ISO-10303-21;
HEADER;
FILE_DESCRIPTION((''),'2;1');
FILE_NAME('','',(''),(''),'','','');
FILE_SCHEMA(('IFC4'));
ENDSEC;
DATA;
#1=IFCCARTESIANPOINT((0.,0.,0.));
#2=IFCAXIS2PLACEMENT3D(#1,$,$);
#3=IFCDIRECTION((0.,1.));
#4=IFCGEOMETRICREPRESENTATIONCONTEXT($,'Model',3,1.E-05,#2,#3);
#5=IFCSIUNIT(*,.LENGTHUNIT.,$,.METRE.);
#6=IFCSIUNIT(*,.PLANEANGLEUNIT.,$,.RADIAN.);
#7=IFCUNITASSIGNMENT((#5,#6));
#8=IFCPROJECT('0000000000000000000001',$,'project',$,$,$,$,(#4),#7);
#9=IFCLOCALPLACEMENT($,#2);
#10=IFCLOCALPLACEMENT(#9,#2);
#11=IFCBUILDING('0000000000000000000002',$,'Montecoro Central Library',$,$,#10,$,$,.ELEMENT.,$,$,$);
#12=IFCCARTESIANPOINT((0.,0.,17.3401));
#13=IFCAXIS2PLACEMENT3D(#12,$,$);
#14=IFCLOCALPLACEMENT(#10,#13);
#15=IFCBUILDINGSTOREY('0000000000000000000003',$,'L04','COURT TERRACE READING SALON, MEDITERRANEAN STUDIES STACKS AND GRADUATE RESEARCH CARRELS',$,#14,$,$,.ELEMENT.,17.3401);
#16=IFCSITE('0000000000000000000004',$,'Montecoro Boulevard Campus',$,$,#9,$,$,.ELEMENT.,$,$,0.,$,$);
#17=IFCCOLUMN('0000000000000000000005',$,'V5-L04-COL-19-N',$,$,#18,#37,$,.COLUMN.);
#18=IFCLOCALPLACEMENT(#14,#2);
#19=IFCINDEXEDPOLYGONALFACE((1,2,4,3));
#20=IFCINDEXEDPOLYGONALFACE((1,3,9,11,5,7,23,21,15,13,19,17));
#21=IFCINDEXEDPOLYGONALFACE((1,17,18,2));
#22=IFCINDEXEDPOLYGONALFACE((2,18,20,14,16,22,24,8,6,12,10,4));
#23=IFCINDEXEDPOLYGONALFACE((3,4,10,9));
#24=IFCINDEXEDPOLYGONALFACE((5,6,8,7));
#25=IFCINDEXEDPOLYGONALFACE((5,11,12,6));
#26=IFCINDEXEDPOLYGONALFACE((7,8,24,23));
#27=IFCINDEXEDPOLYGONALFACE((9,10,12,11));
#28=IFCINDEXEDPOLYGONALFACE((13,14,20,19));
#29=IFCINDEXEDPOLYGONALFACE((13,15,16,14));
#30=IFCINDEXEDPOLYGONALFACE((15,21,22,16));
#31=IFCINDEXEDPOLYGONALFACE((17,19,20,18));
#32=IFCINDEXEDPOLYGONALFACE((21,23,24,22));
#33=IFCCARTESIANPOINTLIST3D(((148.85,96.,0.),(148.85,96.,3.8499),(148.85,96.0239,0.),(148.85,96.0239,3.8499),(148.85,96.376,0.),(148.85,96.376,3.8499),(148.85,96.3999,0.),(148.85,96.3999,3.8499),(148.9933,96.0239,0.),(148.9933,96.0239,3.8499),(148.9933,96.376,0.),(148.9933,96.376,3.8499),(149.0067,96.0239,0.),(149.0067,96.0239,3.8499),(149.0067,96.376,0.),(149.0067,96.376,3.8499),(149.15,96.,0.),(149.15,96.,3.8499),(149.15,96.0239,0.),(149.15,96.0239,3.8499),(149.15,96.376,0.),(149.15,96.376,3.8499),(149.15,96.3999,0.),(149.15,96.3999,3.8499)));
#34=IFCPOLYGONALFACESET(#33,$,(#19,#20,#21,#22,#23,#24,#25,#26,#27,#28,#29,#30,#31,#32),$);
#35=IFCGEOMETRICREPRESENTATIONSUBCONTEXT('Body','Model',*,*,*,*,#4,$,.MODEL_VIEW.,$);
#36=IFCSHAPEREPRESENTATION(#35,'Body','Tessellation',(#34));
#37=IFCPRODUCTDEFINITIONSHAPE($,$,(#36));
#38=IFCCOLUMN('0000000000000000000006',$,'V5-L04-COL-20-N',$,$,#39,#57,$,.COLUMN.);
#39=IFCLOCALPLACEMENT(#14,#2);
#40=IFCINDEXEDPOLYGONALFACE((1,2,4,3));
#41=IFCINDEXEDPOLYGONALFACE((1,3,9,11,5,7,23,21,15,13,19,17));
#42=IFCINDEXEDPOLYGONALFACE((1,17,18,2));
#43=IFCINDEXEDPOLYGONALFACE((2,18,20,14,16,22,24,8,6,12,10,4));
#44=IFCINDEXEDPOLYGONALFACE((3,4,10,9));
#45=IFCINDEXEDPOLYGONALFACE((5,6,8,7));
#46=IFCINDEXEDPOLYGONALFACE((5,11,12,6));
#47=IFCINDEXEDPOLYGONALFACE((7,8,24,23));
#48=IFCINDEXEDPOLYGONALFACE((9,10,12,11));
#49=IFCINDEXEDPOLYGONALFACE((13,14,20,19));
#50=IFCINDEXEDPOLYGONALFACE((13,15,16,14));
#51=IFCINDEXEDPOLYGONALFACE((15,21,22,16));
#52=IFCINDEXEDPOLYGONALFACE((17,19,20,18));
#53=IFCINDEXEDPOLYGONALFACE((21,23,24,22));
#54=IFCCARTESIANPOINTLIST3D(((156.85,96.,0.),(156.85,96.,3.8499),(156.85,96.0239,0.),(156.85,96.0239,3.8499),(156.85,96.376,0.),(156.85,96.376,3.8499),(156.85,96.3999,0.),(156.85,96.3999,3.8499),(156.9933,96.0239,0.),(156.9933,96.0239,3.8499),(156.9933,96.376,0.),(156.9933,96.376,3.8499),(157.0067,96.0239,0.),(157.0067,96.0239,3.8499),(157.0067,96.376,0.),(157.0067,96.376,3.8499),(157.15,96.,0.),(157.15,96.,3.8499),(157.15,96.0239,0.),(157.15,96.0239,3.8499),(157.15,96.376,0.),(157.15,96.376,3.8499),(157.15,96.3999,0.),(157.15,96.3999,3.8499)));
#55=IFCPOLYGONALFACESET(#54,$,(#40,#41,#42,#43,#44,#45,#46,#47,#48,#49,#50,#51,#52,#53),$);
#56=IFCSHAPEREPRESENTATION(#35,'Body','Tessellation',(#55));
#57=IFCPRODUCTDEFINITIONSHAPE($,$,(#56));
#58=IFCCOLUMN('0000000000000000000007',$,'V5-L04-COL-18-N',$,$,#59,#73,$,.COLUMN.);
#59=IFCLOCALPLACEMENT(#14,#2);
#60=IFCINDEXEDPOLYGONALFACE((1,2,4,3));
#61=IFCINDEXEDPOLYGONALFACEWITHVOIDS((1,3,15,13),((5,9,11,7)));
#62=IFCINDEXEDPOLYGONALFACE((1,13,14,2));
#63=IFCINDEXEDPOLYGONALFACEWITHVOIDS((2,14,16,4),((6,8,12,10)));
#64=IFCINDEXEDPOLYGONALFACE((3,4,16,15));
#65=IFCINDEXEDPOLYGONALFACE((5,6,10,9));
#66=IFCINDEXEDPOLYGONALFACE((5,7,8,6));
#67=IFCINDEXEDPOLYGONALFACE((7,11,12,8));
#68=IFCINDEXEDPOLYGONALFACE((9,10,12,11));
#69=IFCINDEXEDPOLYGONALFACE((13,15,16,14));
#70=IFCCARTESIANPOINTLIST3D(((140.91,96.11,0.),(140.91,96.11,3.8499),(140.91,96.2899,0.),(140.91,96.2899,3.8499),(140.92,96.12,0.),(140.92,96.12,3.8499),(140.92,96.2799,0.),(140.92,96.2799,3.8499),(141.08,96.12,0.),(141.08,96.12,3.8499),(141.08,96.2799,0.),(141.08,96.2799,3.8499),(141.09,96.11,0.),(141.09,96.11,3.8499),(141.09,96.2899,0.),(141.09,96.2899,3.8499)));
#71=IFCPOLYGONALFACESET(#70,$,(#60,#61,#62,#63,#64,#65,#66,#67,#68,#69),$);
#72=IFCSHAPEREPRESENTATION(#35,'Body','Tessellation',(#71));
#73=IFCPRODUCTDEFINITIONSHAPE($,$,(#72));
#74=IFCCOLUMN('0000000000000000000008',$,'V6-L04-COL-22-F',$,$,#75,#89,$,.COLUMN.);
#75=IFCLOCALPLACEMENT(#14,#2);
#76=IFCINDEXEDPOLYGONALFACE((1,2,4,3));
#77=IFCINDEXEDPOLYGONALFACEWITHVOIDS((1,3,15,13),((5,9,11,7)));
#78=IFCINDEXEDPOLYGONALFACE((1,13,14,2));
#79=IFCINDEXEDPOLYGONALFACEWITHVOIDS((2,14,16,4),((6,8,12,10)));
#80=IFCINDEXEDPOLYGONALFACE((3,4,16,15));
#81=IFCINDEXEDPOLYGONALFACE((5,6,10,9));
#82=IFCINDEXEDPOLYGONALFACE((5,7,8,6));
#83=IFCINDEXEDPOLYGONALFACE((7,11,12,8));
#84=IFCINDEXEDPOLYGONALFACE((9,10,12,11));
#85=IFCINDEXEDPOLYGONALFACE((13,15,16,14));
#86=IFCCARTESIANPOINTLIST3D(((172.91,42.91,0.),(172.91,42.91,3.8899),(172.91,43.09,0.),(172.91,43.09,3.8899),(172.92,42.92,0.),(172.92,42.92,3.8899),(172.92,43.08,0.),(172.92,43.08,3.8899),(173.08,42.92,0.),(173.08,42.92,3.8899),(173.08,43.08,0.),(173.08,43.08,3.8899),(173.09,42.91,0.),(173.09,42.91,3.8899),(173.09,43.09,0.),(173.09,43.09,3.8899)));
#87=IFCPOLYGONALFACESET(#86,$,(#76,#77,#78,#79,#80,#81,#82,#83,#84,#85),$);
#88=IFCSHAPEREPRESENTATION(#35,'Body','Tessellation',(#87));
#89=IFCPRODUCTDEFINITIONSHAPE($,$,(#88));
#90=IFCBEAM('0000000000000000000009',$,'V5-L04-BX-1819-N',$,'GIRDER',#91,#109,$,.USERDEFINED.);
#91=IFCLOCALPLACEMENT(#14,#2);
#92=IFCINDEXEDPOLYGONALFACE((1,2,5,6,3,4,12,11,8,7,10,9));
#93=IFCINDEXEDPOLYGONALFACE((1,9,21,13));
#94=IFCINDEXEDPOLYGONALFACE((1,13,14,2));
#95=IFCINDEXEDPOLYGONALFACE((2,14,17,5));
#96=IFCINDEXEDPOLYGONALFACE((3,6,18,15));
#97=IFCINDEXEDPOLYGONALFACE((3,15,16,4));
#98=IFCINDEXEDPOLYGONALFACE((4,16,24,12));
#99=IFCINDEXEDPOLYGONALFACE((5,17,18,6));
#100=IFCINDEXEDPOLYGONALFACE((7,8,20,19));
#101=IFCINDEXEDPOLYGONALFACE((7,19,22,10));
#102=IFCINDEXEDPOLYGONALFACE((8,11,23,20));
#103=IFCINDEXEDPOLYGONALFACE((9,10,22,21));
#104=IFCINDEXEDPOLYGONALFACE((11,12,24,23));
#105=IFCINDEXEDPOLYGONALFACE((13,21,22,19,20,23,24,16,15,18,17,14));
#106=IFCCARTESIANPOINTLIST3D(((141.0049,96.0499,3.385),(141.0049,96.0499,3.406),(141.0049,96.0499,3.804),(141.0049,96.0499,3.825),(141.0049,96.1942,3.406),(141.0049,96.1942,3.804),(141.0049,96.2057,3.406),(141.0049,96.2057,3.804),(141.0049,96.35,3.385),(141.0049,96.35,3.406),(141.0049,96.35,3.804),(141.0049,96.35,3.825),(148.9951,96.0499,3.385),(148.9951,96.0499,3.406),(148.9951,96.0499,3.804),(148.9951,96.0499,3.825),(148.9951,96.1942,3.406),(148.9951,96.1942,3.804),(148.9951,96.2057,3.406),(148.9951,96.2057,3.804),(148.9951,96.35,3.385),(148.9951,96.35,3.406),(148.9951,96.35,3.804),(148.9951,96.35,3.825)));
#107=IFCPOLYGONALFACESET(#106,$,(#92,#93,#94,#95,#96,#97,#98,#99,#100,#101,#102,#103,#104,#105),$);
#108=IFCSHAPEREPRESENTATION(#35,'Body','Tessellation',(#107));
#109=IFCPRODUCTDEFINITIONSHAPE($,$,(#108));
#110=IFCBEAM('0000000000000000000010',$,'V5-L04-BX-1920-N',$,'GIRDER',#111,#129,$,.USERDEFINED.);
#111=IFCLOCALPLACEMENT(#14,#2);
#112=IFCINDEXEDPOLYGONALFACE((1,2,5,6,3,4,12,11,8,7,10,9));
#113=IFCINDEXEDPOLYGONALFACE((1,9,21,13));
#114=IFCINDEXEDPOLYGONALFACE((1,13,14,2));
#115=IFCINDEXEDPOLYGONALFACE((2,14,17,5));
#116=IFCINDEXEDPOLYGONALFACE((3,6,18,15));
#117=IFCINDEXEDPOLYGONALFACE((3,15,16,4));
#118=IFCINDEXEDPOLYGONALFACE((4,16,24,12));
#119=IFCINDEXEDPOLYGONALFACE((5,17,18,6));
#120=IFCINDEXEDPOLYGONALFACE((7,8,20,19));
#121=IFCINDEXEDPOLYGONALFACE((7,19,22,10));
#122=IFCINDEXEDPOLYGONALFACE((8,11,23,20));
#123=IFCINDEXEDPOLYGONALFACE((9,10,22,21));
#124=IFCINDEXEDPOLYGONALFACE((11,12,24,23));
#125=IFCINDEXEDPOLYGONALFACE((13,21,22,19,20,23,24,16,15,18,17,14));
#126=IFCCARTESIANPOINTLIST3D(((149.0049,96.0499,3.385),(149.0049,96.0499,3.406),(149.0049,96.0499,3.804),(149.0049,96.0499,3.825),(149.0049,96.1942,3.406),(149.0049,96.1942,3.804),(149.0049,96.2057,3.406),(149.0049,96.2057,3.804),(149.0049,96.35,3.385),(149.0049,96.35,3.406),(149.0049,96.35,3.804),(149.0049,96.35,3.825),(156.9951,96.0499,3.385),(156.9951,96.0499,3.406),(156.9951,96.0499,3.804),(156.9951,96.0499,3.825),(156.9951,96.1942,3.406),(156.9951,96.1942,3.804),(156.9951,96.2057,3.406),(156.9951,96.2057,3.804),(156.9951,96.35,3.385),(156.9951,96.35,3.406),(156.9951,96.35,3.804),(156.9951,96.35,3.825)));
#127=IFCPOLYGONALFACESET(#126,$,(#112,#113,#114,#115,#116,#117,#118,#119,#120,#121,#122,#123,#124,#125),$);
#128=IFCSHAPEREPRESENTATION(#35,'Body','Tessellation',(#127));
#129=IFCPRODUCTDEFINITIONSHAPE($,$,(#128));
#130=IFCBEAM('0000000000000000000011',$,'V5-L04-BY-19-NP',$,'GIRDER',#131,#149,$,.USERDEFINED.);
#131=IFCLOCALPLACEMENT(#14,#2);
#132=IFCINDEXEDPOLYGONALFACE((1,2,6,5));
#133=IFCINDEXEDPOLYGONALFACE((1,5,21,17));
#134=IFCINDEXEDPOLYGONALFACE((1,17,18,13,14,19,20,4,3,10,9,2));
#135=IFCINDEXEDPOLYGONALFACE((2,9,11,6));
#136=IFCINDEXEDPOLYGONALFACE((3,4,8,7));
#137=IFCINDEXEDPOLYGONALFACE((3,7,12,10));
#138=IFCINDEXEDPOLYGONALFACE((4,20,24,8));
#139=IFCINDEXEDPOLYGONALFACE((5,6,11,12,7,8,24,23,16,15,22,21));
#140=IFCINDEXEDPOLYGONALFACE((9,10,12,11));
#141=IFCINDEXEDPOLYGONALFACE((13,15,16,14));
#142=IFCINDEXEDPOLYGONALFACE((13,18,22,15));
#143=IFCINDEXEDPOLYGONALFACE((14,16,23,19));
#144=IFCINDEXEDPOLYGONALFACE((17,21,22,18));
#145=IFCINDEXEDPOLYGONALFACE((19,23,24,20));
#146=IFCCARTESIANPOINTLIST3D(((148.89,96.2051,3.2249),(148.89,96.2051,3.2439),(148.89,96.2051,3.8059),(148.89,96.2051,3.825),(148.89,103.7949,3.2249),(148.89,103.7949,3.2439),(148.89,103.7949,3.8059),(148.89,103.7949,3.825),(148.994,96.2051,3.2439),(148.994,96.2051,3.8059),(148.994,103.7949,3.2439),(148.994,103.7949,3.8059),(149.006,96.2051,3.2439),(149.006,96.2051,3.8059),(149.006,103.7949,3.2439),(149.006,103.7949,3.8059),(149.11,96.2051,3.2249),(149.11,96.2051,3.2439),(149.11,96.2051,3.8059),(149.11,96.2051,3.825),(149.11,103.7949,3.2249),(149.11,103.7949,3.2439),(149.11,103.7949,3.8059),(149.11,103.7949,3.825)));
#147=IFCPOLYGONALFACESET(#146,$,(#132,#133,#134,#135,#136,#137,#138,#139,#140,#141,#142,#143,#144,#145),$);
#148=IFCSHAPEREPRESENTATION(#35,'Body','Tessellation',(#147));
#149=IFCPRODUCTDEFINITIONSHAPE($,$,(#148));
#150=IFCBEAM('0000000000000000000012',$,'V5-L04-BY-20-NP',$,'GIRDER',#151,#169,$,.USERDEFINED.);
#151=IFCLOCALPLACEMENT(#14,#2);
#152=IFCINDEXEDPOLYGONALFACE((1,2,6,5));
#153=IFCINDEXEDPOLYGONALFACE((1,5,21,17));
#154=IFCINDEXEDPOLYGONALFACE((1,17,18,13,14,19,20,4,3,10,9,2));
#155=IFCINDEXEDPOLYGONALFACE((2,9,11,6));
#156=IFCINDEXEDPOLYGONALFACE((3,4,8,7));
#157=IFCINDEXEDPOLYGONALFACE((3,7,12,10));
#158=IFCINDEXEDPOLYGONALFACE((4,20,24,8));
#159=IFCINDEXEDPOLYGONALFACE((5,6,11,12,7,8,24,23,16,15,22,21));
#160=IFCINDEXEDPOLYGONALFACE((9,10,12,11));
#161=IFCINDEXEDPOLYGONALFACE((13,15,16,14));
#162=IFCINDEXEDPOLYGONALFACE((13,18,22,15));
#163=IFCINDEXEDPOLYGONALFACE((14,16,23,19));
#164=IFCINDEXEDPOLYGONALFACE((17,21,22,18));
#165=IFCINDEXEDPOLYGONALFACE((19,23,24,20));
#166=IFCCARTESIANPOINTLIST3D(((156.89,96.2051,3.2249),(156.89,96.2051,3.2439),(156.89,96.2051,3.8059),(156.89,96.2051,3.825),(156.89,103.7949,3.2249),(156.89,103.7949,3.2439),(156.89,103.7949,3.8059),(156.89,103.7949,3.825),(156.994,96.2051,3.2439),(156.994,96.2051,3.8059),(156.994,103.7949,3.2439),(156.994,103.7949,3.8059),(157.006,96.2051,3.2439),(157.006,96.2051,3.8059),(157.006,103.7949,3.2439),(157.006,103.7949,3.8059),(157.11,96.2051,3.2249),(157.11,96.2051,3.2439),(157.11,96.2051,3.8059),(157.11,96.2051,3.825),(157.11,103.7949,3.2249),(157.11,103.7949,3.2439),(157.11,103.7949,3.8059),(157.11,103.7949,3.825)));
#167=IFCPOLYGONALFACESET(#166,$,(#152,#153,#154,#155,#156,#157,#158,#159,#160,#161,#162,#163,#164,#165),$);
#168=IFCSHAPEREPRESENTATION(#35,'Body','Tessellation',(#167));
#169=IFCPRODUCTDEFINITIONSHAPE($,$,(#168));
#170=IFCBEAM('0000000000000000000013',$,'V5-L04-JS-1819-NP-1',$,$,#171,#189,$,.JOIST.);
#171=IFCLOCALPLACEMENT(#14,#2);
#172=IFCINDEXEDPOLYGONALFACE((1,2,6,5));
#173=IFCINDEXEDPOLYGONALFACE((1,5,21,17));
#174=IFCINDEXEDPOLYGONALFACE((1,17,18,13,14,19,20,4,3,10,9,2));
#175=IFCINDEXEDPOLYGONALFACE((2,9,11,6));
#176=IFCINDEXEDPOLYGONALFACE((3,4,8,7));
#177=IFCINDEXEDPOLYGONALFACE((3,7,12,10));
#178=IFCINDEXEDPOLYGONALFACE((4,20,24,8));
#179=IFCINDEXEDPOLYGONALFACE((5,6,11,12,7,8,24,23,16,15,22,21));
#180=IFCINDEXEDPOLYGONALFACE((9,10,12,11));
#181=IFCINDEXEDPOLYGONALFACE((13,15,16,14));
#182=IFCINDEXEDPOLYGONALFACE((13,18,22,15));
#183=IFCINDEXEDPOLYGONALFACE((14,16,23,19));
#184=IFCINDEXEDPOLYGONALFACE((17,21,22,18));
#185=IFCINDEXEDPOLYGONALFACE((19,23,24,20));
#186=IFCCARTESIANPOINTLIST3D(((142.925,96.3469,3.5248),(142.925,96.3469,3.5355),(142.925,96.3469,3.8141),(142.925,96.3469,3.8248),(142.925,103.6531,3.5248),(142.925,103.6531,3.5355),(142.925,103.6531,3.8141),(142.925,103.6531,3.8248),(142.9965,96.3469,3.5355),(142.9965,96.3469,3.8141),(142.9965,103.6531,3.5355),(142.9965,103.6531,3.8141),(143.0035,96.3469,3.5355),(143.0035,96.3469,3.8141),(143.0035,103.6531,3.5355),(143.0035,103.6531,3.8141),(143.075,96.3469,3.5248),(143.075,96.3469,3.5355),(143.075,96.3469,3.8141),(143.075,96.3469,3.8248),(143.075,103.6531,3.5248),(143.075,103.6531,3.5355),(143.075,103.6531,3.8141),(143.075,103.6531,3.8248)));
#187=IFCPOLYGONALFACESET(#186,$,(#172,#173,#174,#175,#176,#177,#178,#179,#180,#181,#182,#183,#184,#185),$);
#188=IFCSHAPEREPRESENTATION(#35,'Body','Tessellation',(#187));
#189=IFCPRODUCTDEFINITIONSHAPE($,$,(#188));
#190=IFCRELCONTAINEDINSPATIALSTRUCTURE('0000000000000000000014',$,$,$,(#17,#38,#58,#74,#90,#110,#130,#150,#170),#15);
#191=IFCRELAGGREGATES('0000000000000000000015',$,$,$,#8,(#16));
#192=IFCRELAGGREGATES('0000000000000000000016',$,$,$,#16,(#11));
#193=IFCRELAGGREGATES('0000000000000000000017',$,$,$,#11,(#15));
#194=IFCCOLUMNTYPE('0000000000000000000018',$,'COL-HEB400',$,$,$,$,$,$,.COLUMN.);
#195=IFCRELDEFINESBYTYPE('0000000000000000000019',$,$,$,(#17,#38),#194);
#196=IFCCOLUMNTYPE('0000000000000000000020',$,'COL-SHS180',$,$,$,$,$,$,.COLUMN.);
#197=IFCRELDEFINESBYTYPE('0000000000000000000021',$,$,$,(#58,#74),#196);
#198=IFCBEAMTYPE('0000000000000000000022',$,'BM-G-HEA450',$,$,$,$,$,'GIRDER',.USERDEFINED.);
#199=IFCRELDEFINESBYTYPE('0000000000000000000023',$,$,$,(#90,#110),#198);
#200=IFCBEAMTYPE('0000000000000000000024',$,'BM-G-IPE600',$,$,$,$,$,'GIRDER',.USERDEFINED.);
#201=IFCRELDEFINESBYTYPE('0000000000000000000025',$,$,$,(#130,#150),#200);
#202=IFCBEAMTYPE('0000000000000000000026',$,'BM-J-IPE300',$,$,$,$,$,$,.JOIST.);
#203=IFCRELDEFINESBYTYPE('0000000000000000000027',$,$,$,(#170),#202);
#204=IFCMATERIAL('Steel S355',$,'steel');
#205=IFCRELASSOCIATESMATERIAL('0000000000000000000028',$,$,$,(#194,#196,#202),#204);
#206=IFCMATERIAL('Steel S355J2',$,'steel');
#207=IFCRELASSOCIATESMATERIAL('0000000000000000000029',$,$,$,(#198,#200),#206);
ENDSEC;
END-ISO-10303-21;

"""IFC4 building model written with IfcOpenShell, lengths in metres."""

from ifc_helpers import new_model, si_unit, direction, frame, origin, origin_2d, place, context, subcontext, project, spatial, hollow_rectangle, i_section, extrude, material, material_profile, profile_set, type_object, element, save


model = new_model("IFC4")

# Units and contexts
model_context = context("Model", 3, precision=1e-05, world=origin(), true_north=direction((0.0, 1.0)))
body_context = subcontext(model_context, "Body", "Model", "MODEL_VIEW")
ifc_project = project(units=[si_unit("LENGTHUNIT", "METRE"), si_unit("PLANEANGLEUNIT", "RADIAN")], contexts=[model_context])

# Site, building, storey
site_placement = place(None, origin())
site = spatial("IfcSite", under=ifc_project, at=site_placement, Name="Montecoro Boulevard Campus", CompositionType="ELEMENT", RefElevation=0.0)
building_placement = place(site_placement, origin())
building = spatial("IfcBuilding", under=site, at=building_placement, Name="Montecoro Central Library", CompositionType="ELEMENT")
storey_placement = place(building_placement, frame((0.0, 0.0, 17.3401)))
storey = spatial("IfcBuildingStorey", under=building, at=storey_placement, Name="L04", Description="COURT TERRACE READING SALON, MEDITERRANEAN STUDIES STACKS AND GRADUATE RESEARCH CARRELS", CompositionType="ELEMENT", Elevation=17.3401)

# Columns
ifc_material_1 = material(Name="Steel S355", Category="steel")
ifc_material_profile_1 = material_profile(ifc_material_1, i_section(OverallWidth=0.3, OverallDepth=0.3999, WebThickness=0.0134, FlangeThickness=0.0239, at=origin_2d()), Name="HEB 400")
ifc_profile_set_1 = profile_set([ifc_material_profile_1], Name="Steel S355")
column_type_1 = type_object("IfcColumnType", Name="COL-HEB400", PredefinedType="COLUMN", material=ifc_profile_set_1)
for number, where, z_axis, x_axis, name in (
    (1, (149.0, 96.2, 0.0), (0.0, 0.0, 1.0), (1.0, 0.0, 0.0), "V5-L04-COL-19-N"),
    (2, (157.0, 96.2, 0.0), (0.0, 0.0, 1.0), (1.0, 0.0, 0.0), "V5-L04-COL-20-N"),
):
    element("IfcColumn", number, at=place(storey_placement, frame(where, z_axis=z_axis, x_axis=x_axis)), inside=storey, type_object=column_type_1, Name=name, PredefinedType="COLUMN", context=body_context, shape_type="SweptSolid", body=[
        extrude(i_section(OverallWidth=0.3, OverallDepth=0.3999, WebThickness=0.0134, FlangeThickness=0.0239, at=origin_2d()), origin(), (0.0, 0.0, 1.0), 3.8499),
    ])
ifc_material_profile_2 = material_profile(ifc_material_1, hollow_rectangle(XDim=0.1799, YDim=0.1799, WallThickness=0.01, at=origin_2d()), Name="SHS 180x180x10.0")
ifc_profile_set_2 = profile_set([ifc_material_profile_2], Name="Steel S355")
column_type_2 = type_object("IfcColumnType", Name="COL-SHS180", PredefinedType="COLUMN", material=ifc_profile_set_2)
column_1_placement = place(storey_placement, frame((141.0, 96.2, 0.0), z_axis=(0.0, 0.0, 1.0), x_axis=(1.0, 0.0, 0.0)))
element("IfcColumn", 3, at=column_1_placement, inside=storey, type_object=column_type_2, Name="V5-L04-COL-18-N", PredefinedType="COLUMN", context=body_context, shape_type="SweptSolid", body=[
    extrude(hollow_rectangle(XDim=0.1799, YDim=0.1799, WallThickness=0.01, at=origin_2d()), origin(), (0.0, 0.0, 1.0), 3.8499),
])
column_2_placement = place(storey_placement, frame((173.0, 43.0, 0.0), z_axis=(0.0, 0.0, 1.0), x_axis=(1.0, 0.0, 0.0)))
element("IfcColumn", 4, at=column_2_placement, inside=storey, type_object=column_type_2, Name="V6-L04-COL-22-F", PredefinedType="COLUMN", context=body_context, shape_type="SweptSolid", body=[
    extrude(hollow_rectangle(XDim=0.1799, YDim=0.1799, WallThickness=0.01, at=origin_2d()), origin(), (0.0, 0.0, 1.0), 3.8899),
])

# Beams
ifc_material_2 = material(Name="Steel S355J2", Category="steel")
ifc_material_profile_3 = material_profile(ifc_material_2, i_section(OverallWidth=0.3, OverallDepth=0.4399, WebThickness=0.0115, FlangeThickness=0.021, at=origin_2d()), Name="HEA 450")
ifc_profile_set_3 = profile_set([ifc_material_profile_3], Name="Steel S355J2")
beam_type_1 = type_object("IfcBeamType", Name="BM-G-HEA450", ElementType="GIRDER", PredefinedType="USERDEFINED", material=ifc_profile_set_3)
for number, where, z_axis, x_axis, name in (
    (5, (141.0049, 96.2, 3.605), (1.0, 0.0, 0.0), (0.0, 1.0, 0.0), "V5-L04-BX-1819-N"),
    (6, (149.0049, 96.2, 3.605), (1.0, 0.0, 0.0), (0.0, 1.0, 0.0), "V5-L04-BX-1920-N"),
):
    element("IfcBeam", number, at=place(storey_placement, frame(where, z_axis=z_axis, x_axis=x_axis)), inside=storey, type_object=beam_type_1, Name=name, ObjectType="GIRDER", PredefinedType="USERDEFINED", context=body_context, shape_type="SweptSolid", body=[
        extrude(i_section(OverallWidth=0.3, OverallDepth=0.4399, WebThickness=0.0115, FlangeThickness=0.021, at=origin_2d()), origin(), (0.0, 0.0, 1.0), 7.9902),
    ])
ifc_material_profile_4 = material_profile(ifc_material_2, i_section(OverallWidth=0.22, OverallDepth=0.6001, WebThickness=0.012, FlangeThickness=0.019, at=origin_2d()), Name="IPE 600")
ifc_profile_set_4 = profile_set([ifc_material_profile_4], Name="Steel S355J2")
beam_type_2 = type_object("IfcBeamType", Name="BM-G-IPE600", ElementType="GIRDER", PredefinedType="USERDEFINED", material=ifc_profile_set_4)
for number, where, z_axis, x_axis, name in (
    (7, (149.0, 96.2051, 3.5249), (0.0, 1.0, 0.0), (-1.0, 0.0, 0.0), "V5-L04-BY-19-NP"),
    (8, (157.0, 96.2051, 3.5249), (0.0, 1.0, 0.0), (-1.0, 0.0, 0.0), "V5-L04-BY-20-NP"),
):
    element("IfcBeam", number, at=place(storey_placement, frame(where, z_axis=z_axis, x_axis=x_axis)), inside=storey, type_object=beam_type_2, Name=name, ObjectType="GIRDER", PredefinedType="USERDEFINED", context=body_context, shape_type="SweptSolid", body=[
        extrude(i_section(OverallWidth=0.22, OverallDepth=0.6001, WebThickness=0.012, FlangeThickness=0.019, at=origin_2d()), origin(), (0.0, 0.0, 1.0), 7.5898),
    ])
ifc_material_profile_5 = material_profile(ifc_material_1, i_section(OverallWidth=0.1499, OverallDepth=0.3, WebThickness=0.0071, FlangeThickness=0.0107, at=origin_2d()), Name="IPE 300")
ifc_profile_set_5 = profile_set([ifc_material_profile_5], Name="Steel S355")
beam_type_3 = type_object("IfcBeamType", Name="BM-J-IPE300", PredefinedType="JOIST", material=ifc_profile_set_5)
for number, where, z_axis, x_axis, name in (
    (9, (143.0, 96.3469, 3.6748), (0.0, 1.0, 0.0), (-1.0, 0.0, 0.0), "V5-L04-JS-1819-NP-1"),
):
    element("IfcBeam", number, at=place(storey_placement, frame(where, z_axis=z_axis, x_axis=x_axis)), inside=storey, type_object=beam_type_3, Name=name, PredefinedType="JOIST", context=body_context, shape_type="SweptSolid", body=[
        extrude(i_section(OverallWidth=0.1499, OverallDepth=0.3, WebThickness=0.0071, FlangeThickness=0.0107, at=origin_2d()), origin(), (0.0, 0.0, 1.0), 7.3062),
    ])

save(model, "model.ifc")
